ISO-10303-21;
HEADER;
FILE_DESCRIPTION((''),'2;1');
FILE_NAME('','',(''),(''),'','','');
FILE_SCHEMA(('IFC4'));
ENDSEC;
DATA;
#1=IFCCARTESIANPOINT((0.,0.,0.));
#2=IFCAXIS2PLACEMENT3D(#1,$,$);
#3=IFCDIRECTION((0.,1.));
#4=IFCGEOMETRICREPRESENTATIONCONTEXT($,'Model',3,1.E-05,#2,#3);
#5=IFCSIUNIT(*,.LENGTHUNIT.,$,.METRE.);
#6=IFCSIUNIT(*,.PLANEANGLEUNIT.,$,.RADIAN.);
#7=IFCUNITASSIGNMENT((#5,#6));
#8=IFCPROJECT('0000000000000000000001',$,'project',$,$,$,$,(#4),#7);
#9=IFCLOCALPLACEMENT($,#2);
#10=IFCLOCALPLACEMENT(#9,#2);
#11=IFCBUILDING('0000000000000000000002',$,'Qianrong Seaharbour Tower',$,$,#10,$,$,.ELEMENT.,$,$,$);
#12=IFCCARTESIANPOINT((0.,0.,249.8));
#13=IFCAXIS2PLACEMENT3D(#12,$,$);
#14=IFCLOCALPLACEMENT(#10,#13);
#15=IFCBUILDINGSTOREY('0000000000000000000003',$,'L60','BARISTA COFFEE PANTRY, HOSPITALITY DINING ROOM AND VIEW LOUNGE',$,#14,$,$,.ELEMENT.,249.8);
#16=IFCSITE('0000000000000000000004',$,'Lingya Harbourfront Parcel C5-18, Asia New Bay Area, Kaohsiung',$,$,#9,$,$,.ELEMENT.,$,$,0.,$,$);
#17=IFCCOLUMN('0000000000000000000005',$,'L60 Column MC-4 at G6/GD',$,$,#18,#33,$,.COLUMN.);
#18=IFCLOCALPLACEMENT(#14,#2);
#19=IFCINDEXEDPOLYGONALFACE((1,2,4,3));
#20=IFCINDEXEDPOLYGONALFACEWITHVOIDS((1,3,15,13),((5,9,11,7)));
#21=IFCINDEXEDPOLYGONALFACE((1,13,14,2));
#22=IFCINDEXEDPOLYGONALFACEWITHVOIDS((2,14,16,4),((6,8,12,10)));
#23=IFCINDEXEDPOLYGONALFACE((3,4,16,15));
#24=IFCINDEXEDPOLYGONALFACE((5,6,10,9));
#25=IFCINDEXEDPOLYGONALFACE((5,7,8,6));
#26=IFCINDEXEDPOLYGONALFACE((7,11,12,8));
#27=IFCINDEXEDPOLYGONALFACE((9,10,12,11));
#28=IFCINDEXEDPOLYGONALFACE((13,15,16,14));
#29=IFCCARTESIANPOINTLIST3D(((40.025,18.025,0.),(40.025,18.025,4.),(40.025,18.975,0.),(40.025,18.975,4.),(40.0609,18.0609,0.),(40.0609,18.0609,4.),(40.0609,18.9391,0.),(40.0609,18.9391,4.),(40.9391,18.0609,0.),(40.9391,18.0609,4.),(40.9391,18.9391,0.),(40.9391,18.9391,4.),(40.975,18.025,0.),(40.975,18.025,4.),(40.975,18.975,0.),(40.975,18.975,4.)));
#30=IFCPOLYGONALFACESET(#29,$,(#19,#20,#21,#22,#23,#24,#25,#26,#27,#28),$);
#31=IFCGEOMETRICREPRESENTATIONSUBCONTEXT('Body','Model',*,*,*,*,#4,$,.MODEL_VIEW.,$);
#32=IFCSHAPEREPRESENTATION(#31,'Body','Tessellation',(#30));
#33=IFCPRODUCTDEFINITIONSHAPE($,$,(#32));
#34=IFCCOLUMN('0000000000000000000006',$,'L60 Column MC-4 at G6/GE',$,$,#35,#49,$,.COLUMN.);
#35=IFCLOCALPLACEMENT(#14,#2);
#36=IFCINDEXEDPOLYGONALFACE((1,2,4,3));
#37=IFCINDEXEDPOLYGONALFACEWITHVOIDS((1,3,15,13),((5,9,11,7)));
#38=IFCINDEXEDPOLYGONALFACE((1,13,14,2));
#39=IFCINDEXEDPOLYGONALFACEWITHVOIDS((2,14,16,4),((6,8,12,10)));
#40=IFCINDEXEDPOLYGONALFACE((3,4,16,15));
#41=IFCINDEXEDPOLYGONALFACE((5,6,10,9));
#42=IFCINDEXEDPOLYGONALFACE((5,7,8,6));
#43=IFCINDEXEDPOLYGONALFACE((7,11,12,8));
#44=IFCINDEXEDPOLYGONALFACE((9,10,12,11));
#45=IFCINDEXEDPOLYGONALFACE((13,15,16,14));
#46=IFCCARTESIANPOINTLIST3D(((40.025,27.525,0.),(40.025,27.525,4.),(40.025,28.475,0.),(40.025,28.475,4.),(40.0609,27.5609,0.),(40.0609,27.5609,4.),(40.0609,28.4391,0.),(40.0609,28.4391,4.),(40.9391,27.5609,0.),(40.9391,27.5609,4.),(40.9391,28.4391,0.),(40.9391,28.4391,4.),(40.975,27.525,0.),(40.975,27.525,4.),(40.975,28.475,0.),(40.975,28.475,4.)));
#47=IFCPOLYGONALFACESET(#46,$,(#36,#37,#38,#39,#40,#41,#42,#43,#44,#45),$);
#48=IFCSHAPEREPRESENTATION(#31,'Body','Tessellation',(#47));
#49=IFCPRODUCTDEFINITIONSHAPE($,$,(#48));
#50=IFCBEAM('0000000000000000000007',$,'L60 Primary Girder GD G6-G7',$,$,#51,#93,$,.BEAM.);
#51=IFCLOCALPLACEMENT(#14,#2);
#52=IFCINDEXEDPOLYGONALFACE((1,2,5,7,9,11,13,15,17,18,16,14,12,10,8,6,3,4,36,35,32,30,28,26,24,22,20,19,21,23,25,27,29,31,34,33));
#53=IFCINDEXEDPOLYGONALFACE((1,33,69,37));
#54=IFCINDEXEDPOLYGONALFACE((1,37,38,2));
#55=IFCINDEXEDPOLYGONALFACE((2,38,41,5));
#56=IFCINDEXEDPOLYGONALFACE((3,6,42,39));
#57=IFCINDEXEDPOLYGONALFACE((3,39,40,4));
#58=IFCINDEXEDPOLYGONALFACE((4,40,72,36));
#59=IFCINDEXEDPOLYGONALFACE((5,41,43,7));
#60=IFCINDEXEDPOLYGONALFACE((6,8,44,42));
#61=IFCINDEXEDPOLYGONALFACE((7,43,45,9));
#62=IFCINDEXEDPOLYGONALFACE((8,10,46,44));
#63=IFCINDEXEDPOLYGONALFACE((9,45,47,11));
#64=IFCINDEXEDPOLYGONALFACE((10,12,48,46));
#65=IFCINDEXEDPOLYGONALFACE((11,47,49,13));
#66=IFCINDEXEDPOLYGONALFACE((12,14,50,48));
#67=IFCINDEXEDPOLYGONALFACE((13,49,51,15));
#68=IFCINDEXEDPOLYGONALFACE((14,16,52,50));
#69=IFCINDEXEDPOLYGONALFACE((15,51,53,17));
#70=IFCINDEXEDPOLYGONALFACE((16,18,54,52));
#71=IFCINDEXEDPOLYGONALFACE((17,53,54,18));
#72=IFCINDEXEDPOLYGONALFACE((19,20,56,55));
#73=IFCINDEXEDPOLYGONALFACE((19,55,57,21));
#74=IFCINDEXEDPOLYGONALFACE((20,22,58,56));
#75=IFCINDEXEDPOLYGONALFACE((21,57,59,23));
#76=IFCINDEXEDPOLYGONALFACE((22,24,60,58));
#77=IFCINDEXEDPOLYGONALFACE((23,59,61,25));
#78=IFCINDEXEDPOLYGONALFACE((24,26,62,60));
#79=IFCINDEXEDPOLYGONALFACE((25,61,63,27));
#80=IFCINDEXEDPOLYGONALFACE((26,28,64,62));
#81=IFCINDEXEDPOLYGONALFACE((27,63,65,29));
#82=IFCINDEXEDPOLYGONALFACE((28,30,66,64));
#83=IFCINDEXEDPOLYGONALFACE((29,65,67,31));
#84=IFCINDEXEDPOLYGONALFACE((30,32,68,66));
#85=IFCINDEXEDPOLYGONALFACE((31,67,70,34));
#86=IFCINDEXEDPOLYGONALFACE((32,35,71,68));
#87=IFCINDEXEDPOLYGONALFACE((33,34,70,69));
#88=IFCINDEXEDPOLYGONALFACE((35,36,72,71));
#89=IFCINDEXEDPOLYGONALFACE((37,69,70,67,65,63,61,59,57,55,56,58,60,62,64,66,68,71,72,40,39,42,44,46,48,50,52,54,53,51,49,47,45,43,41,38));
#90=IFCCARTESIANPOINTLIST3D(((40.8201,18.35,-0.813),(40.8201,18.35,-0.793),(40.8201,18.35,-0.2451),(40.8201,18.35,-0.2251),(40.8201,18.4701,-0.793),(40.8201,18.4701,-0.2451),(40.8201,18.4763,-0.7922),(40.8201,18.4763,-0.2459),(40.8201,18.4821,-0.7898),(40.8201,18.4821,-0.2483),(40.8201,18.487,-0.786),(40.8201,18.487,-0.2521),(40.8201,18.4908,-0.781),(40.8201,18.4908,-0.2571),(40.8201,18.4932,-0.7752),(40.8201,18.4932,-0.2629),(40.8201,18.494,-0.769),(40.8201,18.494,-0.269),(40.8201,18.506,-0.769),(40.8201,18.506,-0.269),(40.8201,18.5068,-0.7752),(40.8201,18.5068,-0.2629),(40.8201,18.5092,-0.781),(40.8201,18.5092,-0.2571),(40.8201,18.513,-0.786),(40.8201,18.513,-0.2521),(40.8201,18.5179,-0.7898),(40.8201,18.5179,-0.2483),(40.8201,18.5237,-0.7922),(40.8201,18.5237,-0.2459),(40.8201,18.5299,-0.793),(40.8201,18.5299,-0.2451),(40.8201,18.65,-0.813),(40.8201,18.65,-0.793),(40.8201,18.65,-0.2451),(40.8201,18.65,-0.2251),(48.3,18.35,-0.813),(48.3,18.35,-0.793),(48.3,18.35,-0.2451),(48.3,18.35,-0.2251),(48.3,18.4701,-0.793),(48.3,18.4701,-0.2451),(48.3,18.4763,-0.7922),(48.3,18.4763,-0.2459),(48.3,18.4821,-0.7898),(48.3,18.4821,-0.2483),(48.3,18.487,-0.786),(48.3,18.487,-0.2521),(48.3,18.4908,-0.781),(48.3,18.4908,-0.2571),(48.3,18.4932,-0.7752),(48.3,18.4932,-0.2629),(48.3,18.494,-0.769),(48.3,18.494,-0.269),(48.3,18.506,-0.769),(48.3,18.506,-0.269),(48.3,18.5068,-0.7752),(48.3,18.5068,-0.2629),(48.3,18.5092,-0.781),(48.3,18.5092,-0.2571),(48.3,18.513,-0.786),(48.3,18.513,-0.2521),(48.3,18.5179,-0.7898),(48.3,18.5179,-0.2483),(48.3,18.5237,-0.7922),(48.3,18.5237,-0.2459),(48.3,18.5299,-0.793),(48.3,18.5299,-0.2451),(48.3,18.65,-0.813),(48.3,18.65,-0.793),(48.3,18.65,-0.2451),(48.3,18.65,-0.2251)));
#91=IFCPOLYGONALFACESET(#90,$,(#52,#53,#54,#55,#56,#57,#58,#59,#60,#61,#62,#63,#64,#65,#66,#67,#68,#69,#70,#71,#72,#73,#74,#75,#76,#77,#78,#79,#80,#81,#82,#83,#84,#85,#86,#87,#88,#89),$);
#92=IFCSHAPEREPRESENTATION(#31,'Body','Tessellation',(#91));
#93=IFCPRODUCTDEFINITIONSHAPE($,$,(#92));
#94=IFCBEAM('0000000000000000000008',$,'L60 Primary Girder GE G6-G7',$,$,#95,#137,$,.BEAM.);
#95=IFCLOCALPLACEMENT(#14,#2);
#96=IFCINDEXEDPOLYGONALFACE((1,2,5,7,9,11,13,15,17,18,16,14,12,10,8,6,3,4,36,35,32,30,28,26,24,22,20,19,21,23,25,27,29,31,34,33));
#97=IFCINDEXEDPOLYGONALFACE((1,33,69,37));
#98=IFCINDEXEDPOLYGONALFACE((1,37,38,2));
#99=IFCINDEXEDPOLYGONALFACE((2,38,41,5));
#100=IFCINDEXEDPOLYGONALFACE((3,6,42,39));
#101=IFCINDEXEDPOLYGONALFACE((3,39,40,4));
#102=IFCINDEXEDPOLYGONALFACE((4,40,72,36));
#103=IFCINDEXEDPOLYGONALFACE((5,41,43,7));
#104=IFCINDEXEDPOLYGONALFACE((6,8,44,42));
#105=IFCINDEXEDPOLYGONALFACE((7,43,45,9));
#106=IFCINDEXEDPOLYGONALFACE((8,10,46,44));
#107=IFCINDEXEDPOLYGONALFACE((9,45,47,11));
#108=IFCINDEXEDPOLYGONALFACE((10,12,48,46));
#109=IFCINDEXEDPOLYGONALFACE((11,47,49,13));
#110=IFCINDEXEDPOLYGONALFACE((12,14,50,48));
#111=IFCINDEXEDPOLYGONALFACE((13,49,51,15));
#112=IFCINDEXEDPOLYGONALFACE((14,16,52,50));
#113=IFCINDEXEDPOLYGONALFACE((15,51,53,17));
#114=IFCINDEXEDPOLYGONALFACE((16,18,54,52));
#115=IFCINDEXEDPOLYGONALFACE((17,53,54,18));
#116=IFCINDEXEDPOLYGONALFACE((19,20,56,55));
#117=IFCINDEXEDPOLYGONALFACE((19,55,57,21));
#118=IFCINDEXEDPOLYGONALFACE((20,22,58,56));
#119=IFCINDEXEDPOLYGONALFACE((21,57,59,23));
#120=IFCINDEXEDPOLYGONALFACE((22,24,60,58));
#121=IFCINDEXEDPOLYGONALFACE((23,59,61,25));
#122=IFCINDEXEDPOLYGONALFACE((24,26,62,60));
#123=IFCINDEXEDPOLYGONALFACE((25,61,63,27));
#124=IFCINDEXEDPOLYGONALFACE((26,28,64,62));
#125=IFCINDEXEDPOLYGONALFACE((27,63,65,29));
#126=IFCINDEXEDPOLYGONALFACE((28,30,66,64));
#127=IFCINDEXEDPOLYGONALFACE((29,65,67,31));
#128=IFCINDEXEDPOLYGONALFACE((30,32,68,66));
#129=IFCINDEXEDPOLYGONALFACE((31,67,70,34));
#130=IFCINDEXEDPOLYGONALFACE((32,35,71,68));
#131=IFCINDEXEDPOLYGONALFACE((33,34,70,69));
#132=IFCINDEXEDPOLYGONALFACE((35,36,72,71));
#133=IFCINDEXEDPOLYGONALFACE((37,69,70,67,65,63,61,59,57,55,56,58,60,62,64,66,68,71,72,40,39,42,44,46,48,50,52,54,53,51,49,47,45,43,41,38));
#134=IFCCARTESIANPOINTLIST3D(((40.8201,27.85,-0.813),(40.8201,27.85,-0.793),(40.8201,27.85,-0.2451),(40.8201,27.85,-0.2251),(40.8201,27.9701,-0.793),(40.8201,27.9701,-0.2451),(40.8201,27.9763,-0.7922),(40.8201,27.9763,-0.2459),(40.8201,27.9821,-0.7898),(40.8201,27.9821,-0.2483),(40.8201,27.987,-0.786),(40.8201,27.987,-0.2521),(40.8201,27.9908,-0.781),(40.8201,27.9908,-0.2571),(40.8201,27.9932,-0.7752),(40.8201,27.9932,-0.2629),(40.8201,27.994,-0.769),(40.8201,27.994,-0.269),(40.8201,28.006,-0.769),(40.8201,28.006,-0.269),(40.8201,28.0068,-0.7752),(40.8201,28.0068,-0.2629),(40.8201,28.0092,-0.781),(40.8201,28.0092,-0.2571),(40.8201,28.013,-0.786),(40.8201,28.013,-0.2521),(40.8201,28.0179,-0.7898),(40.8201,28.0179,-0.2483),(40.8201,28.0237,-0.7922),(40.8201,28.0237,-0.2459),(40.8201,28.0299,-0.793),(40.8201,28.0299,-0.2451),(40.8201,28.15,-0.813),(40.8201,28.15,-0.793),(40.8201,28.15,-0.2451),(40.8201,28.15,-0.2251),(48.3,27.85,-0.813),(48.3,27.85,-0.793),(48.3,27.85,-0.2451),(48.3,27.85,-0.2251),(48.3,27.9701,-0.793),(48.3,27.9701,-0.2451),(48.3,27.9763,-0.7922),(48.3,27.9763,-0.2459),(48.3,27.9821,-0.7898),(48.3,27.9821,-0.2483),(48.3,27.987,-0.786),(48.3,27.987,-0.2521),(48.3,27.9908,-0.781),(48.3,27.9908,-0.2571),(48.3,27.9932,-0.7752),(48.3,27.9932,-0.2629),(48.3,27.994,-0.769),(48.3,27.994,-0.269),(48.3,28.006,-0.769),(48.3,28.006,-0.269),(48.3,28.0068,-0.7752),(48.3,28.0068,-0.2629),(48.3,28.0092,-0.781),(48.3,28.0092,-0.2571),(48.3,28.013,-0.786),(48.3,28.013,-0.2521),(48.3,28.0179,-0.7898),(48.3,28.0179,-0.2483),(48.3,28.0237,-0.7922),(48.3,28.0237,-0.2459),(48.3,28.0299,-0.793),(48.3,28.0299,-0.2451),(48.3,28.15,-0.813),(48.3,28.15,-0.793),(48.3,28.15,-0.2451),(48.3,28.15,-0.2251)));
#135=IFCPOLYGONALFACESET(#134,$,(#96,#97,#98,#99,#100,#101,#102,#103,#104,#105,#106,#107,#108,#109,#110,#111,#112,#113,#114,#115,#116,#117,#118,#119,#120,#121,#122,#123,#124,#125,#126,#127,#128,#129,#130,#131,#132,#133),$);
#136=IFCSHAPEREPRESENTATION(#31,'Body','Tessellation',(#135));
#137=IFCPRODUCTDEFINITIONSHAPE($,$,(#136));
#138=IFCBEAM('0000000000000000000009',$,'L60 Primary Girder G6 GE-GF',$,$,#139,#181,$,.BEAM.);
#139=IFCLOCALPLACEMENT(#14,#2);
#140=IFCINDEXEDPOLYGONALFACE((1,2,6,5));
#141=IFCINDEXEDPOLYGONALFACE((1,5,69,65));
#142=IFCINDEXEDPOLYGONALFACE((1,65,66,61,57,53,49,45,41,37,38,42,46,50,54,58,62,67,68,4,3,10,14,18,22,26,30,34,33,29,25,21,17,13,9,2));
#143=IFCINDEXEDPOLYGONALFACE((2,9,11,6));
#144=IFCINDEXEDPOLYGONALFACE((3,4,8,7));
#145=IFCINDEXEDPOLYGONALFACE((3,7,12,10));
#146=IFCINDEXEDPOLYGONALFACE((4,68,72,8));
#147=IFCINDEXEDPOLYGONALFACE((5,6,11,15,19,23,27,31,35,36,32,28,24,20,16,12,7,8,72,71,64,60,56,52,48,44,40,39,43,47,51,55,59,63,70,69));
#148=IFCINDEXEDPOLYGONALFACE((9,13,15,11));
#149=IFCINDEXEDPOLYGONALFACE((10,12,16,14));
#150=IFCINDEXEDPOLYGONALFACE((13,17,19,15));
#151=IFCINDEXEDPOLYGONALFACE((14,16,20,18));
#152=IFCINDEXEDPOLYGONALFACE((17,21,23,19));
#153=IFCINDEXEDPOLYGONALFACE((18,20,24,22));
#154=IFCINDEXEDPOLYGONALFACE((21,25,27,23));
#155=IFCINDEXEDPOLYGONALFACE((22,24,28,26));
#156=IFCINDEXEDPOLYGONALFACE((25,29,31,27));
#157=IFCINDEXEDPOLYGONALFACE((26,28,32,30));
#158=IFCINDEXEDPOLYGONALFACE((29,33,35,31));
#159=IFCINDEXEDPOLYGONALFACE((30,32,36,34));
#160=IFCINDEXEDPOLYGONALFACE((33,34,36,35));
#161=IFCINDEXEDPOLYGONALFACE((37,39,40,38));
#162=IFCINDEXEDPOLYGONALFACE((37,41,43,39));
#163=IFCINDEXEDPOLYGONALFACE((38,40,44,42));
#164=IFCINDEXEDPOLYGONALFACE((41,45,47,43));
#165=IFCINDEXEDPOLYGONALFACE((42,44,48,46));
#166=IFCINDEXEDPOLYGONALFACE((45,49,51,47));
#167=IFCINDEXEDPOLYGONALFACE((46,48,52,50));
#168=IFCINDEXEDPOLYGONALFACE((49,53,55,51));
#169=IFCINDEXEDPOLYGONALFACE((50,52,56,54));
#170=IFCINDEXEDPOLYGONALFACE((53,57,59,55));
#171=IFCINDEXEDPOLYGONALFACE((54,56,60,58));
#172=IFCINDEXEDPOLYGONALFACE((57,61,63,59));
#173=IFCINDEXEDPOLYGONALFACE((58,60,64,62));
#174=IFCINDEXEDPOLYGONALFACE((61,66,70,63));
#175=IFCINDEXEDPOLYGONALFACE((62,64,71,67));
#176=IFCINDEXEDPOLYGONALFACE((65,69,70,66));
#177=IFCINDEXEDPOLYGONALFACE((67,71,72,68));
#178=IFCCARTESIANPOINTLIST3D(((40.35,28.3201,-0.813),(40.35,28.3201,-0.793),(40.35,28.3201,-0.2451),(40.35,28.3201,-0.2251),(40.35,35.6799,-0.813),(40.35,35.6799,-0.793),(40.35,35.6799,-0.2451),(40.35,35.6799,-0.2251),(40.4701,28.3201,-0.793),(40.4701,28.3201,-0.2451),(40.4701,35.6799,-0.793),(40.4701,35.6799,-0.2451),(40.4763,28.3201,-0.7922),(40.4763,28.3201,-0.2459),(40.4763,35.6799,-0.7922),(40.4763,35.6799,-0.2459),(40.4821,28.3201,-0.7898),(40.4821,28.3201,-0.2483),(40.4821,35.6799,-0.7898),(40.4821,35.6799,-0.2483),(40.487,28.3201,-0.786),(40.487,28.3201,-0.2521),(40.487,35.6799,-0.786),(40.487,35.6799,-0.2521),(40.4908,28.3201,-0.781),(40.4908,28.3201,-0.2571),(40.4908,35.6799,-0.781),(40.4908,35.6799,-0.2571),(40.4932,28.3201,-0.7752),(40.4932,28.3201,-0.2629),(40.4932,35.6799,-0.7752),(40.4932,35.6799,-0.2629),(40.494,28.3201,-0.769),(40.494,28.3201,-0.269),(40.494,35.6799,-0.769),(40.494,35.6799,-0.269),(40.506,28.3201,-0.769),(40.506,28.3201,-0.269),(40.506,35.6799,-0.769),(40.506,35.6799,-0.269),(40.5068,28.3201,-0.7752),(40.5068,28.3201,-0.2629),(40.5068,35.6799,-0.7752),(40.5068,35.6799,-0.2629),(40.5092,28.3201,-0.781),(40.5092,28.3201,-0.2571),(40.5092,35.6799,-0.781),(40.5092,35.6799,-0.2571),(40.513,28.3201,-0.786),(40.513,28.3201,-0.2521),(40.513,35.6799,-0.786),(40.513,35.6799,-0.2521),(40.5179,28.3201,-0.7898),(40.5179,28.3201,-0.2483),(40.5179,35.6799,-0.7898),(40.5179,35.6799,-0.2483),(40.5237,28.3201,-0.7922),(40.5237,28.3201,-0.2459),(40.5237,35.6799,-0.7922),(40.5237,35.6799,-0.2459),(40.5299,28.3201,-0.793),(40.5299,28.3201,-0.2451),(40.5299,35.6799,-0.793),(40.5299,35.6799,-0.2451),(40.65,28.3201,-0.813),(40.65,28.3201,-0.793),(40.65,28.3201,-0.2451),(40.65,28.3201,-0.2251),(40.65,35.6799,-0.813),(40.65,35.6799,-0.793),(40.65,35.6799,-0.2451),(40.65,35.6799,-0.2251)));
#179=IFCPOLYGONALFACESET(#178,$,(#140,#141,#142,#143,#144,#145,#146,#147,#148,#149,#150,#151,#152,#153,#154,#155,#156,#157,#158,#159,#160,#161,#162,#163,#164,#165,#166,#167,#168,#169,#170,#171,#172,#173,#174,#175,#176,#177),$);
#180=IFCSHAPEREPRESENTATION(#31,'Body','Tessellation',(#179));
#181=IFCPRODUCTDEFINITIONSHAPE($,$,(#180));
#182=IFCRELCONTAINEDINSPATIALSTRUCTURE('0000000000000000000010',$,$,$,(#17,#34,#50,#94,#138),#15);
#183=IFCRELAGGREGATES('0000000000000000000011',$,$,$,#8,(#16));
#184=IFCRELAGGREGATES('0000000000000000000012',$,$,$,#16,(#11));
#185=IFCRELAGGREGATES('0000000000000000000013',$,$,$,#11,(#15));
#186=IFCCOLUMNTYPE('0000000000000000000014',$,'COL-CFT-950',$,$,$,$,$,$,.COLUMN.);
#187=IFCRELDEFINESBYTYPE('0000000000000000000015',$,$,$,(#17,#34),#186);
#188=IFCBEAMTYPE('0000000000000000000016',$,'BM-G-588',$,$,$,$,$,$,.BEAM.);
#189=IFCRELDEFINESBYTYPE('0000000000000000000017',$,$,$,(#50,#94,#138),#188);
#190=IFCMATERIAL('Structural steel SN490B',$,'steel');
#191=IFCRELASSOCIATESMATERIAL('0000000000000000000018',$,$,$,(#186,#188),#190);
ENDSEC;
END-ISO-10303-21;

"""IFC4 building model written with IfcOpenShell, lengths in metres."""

from ifc_helpers import new_model, si_unit, direction, frame, origin, origin_2d, place, context, subcontext, project, spatial, hollow_rectangle, i_section, extrude, material, material_profile, profile_set, type_object, element, save


model = new_model("IFC4")

# Units and contexts
model_context = context("Model", 3, precision=1e-05, world=origin(), true_north=direction((0.0, 1.0)))
body_context = subcontext(model_context, "Body", "Model", "MODEL_VIEW")
ifc_project = project(units=[si_unit("LENGTHUNIT", "METRE"), si_unit("PLANEANGLEUNIT", "RADIAN")], contexts=[model_context])

# Site, building, storey
site_placement = place(None, origin())
site = spatial("IfcSite", under=ifc_project, at=site_placement, Name="Lingya Harbourfront Parcel C5-18, Asia New Bay Area, Kaohsiung", CompositionType="ELEMENT", RefElevation=0.0)
building_placement = place(site_placement, origin())
building = spatial("IfcBuilding", under=site, at=building_placement, Name="Qianrong Seaharbour Tower", CompositionType="ELEMENT")
storey_placement = place(building_placement, frame((0.0, 0.0, 249.8)))
storey = spatial("IfcBuildingStorey", under=building, at=storey_placement, Name="L60", Description="BARISTA COFFEE PANTRY, HOSPITALITY DINING ROOM AND VIEW LOUNGE", CompositionType="ELEMENT", Elevation=249.8)

# Columns
ifc_material_1 = material(Name="Structural steel SN490B", Category="steel")
ifc_material_profile_1 = material_profile(ifc_material_1, hollow_rectangle(XDim=0.95, YDim=0.95, WallThickness=0.0359, at=origin_2d()), Name="BOX950x950x36")
ifc_profile_set_1 = profile_set([ifc_material_profile_1], Name="Structural steel SN490B")
column_type = type_object("IfcColumnType", Name="COL-CFT-950", PredefinedType="COLUMN", material=ifc_profile_set_1)
for number, where, z_axis, x_axis, name in (
    (1, (40.5, 18.5, 0.0), (0.0, 0.0, 1.0), (1.0, 0.0, 0.0), "L60 Column MC-4 at G6/GD"),
    (2, (40.5, 28.0, 0.0), (0.0, 0.0, 1.0), (1.0, 0.0, 0.0), "L60 Column MC-4 at G6/GE"),
):
    element("IfcColumn", number, at=place(storey_placement, frame(where, z_axis=z_axis, x_axis=x_axis)), inside=storey, type_object=column_type, Name=name, PredefinedType="COLUMN", context=body_context, shape_type="SweptSolid", body=[
        extrude(hollow_rectangle(XDim=0.95, YDim=0.95, WallThickness=0.0359, at=origin_2d()), origin(), (0.0, 0.0, 1.0), 4.0),
    ])

# Beams
ifc_material_profile_2 = material_profile(ifc_material_1, i_section(OverallWidth=0.3, OverallDepth=0.5879, WebThickness=0.012, FlangeThickness=0.02, FilletRadius=0.0239, at=origin_2d()), Name="H588x300x12x20")
ifc_profile_set_2 = profile_set([ifc_material_profile_2], Name="Structural steel SN490B")
beam_type_1 = type_object("IfcBeamType", Name="BM-G-588", PredefinedType="BEAM", material=ifc_profile_set_2)
for number, where, z_axis, x_axis, name in (
    (3, (40.8201, 18.5, -0.519), (1.0, 0.0, 0.0), (0.0, 1.0, 0.0), "L60 Primary Girder GD G6-G7"),
    (4, (40.8201, 28.0, -0.519), (1.0, 0.0, 0.0), (0.0, 1.0, 0.0), "L60 Primary Girder GE G6-G7"),
):
    element("IfcBeam", number, at=place(storey_placement, frame(where, z_axis=z_axis, x_axis=x_axis)), inside=storey, type_object=beam_type_1, Name=name, PredefinedType="BEAM", context=body_context, shape_type="SweptSolid", body=[
        extrude(i_section(OverallWidth=0.3, OverallDepth=0.5879, WebThickness=0.012, FlangeThickness=0.02, FilletRadius=0.0239, at=origin_2d()), origin(), (0.0, 0.0, 1.0), 7.48),
    ])
beam_1_placement = place(storey_placement, frame((40.5, 28.3201, -0.519), z_axis=(0.0, 1.0, 0.0), x_axis=(-1.0, 0.0, 0.0)))
element("IfcBeam", 5, at=beam_1_placement, inside=storey, type_object=beam_type_1, Name="L60 Primary Girder G6 GE-GF", PredefinedType="BEAM", context=body_context, shape_type="SweptSolid", body=[
    extrude(i_section(OverallWidth=0.3, OverallDepth=0.5879, WebThickness=0.012, FlangeThickness=0.02, FilletRadius=0.0239, at=origin_2d()), origin(), (0.0, 0.0, 1.0), 7.3599),
])

save(model, "model.ifc")
